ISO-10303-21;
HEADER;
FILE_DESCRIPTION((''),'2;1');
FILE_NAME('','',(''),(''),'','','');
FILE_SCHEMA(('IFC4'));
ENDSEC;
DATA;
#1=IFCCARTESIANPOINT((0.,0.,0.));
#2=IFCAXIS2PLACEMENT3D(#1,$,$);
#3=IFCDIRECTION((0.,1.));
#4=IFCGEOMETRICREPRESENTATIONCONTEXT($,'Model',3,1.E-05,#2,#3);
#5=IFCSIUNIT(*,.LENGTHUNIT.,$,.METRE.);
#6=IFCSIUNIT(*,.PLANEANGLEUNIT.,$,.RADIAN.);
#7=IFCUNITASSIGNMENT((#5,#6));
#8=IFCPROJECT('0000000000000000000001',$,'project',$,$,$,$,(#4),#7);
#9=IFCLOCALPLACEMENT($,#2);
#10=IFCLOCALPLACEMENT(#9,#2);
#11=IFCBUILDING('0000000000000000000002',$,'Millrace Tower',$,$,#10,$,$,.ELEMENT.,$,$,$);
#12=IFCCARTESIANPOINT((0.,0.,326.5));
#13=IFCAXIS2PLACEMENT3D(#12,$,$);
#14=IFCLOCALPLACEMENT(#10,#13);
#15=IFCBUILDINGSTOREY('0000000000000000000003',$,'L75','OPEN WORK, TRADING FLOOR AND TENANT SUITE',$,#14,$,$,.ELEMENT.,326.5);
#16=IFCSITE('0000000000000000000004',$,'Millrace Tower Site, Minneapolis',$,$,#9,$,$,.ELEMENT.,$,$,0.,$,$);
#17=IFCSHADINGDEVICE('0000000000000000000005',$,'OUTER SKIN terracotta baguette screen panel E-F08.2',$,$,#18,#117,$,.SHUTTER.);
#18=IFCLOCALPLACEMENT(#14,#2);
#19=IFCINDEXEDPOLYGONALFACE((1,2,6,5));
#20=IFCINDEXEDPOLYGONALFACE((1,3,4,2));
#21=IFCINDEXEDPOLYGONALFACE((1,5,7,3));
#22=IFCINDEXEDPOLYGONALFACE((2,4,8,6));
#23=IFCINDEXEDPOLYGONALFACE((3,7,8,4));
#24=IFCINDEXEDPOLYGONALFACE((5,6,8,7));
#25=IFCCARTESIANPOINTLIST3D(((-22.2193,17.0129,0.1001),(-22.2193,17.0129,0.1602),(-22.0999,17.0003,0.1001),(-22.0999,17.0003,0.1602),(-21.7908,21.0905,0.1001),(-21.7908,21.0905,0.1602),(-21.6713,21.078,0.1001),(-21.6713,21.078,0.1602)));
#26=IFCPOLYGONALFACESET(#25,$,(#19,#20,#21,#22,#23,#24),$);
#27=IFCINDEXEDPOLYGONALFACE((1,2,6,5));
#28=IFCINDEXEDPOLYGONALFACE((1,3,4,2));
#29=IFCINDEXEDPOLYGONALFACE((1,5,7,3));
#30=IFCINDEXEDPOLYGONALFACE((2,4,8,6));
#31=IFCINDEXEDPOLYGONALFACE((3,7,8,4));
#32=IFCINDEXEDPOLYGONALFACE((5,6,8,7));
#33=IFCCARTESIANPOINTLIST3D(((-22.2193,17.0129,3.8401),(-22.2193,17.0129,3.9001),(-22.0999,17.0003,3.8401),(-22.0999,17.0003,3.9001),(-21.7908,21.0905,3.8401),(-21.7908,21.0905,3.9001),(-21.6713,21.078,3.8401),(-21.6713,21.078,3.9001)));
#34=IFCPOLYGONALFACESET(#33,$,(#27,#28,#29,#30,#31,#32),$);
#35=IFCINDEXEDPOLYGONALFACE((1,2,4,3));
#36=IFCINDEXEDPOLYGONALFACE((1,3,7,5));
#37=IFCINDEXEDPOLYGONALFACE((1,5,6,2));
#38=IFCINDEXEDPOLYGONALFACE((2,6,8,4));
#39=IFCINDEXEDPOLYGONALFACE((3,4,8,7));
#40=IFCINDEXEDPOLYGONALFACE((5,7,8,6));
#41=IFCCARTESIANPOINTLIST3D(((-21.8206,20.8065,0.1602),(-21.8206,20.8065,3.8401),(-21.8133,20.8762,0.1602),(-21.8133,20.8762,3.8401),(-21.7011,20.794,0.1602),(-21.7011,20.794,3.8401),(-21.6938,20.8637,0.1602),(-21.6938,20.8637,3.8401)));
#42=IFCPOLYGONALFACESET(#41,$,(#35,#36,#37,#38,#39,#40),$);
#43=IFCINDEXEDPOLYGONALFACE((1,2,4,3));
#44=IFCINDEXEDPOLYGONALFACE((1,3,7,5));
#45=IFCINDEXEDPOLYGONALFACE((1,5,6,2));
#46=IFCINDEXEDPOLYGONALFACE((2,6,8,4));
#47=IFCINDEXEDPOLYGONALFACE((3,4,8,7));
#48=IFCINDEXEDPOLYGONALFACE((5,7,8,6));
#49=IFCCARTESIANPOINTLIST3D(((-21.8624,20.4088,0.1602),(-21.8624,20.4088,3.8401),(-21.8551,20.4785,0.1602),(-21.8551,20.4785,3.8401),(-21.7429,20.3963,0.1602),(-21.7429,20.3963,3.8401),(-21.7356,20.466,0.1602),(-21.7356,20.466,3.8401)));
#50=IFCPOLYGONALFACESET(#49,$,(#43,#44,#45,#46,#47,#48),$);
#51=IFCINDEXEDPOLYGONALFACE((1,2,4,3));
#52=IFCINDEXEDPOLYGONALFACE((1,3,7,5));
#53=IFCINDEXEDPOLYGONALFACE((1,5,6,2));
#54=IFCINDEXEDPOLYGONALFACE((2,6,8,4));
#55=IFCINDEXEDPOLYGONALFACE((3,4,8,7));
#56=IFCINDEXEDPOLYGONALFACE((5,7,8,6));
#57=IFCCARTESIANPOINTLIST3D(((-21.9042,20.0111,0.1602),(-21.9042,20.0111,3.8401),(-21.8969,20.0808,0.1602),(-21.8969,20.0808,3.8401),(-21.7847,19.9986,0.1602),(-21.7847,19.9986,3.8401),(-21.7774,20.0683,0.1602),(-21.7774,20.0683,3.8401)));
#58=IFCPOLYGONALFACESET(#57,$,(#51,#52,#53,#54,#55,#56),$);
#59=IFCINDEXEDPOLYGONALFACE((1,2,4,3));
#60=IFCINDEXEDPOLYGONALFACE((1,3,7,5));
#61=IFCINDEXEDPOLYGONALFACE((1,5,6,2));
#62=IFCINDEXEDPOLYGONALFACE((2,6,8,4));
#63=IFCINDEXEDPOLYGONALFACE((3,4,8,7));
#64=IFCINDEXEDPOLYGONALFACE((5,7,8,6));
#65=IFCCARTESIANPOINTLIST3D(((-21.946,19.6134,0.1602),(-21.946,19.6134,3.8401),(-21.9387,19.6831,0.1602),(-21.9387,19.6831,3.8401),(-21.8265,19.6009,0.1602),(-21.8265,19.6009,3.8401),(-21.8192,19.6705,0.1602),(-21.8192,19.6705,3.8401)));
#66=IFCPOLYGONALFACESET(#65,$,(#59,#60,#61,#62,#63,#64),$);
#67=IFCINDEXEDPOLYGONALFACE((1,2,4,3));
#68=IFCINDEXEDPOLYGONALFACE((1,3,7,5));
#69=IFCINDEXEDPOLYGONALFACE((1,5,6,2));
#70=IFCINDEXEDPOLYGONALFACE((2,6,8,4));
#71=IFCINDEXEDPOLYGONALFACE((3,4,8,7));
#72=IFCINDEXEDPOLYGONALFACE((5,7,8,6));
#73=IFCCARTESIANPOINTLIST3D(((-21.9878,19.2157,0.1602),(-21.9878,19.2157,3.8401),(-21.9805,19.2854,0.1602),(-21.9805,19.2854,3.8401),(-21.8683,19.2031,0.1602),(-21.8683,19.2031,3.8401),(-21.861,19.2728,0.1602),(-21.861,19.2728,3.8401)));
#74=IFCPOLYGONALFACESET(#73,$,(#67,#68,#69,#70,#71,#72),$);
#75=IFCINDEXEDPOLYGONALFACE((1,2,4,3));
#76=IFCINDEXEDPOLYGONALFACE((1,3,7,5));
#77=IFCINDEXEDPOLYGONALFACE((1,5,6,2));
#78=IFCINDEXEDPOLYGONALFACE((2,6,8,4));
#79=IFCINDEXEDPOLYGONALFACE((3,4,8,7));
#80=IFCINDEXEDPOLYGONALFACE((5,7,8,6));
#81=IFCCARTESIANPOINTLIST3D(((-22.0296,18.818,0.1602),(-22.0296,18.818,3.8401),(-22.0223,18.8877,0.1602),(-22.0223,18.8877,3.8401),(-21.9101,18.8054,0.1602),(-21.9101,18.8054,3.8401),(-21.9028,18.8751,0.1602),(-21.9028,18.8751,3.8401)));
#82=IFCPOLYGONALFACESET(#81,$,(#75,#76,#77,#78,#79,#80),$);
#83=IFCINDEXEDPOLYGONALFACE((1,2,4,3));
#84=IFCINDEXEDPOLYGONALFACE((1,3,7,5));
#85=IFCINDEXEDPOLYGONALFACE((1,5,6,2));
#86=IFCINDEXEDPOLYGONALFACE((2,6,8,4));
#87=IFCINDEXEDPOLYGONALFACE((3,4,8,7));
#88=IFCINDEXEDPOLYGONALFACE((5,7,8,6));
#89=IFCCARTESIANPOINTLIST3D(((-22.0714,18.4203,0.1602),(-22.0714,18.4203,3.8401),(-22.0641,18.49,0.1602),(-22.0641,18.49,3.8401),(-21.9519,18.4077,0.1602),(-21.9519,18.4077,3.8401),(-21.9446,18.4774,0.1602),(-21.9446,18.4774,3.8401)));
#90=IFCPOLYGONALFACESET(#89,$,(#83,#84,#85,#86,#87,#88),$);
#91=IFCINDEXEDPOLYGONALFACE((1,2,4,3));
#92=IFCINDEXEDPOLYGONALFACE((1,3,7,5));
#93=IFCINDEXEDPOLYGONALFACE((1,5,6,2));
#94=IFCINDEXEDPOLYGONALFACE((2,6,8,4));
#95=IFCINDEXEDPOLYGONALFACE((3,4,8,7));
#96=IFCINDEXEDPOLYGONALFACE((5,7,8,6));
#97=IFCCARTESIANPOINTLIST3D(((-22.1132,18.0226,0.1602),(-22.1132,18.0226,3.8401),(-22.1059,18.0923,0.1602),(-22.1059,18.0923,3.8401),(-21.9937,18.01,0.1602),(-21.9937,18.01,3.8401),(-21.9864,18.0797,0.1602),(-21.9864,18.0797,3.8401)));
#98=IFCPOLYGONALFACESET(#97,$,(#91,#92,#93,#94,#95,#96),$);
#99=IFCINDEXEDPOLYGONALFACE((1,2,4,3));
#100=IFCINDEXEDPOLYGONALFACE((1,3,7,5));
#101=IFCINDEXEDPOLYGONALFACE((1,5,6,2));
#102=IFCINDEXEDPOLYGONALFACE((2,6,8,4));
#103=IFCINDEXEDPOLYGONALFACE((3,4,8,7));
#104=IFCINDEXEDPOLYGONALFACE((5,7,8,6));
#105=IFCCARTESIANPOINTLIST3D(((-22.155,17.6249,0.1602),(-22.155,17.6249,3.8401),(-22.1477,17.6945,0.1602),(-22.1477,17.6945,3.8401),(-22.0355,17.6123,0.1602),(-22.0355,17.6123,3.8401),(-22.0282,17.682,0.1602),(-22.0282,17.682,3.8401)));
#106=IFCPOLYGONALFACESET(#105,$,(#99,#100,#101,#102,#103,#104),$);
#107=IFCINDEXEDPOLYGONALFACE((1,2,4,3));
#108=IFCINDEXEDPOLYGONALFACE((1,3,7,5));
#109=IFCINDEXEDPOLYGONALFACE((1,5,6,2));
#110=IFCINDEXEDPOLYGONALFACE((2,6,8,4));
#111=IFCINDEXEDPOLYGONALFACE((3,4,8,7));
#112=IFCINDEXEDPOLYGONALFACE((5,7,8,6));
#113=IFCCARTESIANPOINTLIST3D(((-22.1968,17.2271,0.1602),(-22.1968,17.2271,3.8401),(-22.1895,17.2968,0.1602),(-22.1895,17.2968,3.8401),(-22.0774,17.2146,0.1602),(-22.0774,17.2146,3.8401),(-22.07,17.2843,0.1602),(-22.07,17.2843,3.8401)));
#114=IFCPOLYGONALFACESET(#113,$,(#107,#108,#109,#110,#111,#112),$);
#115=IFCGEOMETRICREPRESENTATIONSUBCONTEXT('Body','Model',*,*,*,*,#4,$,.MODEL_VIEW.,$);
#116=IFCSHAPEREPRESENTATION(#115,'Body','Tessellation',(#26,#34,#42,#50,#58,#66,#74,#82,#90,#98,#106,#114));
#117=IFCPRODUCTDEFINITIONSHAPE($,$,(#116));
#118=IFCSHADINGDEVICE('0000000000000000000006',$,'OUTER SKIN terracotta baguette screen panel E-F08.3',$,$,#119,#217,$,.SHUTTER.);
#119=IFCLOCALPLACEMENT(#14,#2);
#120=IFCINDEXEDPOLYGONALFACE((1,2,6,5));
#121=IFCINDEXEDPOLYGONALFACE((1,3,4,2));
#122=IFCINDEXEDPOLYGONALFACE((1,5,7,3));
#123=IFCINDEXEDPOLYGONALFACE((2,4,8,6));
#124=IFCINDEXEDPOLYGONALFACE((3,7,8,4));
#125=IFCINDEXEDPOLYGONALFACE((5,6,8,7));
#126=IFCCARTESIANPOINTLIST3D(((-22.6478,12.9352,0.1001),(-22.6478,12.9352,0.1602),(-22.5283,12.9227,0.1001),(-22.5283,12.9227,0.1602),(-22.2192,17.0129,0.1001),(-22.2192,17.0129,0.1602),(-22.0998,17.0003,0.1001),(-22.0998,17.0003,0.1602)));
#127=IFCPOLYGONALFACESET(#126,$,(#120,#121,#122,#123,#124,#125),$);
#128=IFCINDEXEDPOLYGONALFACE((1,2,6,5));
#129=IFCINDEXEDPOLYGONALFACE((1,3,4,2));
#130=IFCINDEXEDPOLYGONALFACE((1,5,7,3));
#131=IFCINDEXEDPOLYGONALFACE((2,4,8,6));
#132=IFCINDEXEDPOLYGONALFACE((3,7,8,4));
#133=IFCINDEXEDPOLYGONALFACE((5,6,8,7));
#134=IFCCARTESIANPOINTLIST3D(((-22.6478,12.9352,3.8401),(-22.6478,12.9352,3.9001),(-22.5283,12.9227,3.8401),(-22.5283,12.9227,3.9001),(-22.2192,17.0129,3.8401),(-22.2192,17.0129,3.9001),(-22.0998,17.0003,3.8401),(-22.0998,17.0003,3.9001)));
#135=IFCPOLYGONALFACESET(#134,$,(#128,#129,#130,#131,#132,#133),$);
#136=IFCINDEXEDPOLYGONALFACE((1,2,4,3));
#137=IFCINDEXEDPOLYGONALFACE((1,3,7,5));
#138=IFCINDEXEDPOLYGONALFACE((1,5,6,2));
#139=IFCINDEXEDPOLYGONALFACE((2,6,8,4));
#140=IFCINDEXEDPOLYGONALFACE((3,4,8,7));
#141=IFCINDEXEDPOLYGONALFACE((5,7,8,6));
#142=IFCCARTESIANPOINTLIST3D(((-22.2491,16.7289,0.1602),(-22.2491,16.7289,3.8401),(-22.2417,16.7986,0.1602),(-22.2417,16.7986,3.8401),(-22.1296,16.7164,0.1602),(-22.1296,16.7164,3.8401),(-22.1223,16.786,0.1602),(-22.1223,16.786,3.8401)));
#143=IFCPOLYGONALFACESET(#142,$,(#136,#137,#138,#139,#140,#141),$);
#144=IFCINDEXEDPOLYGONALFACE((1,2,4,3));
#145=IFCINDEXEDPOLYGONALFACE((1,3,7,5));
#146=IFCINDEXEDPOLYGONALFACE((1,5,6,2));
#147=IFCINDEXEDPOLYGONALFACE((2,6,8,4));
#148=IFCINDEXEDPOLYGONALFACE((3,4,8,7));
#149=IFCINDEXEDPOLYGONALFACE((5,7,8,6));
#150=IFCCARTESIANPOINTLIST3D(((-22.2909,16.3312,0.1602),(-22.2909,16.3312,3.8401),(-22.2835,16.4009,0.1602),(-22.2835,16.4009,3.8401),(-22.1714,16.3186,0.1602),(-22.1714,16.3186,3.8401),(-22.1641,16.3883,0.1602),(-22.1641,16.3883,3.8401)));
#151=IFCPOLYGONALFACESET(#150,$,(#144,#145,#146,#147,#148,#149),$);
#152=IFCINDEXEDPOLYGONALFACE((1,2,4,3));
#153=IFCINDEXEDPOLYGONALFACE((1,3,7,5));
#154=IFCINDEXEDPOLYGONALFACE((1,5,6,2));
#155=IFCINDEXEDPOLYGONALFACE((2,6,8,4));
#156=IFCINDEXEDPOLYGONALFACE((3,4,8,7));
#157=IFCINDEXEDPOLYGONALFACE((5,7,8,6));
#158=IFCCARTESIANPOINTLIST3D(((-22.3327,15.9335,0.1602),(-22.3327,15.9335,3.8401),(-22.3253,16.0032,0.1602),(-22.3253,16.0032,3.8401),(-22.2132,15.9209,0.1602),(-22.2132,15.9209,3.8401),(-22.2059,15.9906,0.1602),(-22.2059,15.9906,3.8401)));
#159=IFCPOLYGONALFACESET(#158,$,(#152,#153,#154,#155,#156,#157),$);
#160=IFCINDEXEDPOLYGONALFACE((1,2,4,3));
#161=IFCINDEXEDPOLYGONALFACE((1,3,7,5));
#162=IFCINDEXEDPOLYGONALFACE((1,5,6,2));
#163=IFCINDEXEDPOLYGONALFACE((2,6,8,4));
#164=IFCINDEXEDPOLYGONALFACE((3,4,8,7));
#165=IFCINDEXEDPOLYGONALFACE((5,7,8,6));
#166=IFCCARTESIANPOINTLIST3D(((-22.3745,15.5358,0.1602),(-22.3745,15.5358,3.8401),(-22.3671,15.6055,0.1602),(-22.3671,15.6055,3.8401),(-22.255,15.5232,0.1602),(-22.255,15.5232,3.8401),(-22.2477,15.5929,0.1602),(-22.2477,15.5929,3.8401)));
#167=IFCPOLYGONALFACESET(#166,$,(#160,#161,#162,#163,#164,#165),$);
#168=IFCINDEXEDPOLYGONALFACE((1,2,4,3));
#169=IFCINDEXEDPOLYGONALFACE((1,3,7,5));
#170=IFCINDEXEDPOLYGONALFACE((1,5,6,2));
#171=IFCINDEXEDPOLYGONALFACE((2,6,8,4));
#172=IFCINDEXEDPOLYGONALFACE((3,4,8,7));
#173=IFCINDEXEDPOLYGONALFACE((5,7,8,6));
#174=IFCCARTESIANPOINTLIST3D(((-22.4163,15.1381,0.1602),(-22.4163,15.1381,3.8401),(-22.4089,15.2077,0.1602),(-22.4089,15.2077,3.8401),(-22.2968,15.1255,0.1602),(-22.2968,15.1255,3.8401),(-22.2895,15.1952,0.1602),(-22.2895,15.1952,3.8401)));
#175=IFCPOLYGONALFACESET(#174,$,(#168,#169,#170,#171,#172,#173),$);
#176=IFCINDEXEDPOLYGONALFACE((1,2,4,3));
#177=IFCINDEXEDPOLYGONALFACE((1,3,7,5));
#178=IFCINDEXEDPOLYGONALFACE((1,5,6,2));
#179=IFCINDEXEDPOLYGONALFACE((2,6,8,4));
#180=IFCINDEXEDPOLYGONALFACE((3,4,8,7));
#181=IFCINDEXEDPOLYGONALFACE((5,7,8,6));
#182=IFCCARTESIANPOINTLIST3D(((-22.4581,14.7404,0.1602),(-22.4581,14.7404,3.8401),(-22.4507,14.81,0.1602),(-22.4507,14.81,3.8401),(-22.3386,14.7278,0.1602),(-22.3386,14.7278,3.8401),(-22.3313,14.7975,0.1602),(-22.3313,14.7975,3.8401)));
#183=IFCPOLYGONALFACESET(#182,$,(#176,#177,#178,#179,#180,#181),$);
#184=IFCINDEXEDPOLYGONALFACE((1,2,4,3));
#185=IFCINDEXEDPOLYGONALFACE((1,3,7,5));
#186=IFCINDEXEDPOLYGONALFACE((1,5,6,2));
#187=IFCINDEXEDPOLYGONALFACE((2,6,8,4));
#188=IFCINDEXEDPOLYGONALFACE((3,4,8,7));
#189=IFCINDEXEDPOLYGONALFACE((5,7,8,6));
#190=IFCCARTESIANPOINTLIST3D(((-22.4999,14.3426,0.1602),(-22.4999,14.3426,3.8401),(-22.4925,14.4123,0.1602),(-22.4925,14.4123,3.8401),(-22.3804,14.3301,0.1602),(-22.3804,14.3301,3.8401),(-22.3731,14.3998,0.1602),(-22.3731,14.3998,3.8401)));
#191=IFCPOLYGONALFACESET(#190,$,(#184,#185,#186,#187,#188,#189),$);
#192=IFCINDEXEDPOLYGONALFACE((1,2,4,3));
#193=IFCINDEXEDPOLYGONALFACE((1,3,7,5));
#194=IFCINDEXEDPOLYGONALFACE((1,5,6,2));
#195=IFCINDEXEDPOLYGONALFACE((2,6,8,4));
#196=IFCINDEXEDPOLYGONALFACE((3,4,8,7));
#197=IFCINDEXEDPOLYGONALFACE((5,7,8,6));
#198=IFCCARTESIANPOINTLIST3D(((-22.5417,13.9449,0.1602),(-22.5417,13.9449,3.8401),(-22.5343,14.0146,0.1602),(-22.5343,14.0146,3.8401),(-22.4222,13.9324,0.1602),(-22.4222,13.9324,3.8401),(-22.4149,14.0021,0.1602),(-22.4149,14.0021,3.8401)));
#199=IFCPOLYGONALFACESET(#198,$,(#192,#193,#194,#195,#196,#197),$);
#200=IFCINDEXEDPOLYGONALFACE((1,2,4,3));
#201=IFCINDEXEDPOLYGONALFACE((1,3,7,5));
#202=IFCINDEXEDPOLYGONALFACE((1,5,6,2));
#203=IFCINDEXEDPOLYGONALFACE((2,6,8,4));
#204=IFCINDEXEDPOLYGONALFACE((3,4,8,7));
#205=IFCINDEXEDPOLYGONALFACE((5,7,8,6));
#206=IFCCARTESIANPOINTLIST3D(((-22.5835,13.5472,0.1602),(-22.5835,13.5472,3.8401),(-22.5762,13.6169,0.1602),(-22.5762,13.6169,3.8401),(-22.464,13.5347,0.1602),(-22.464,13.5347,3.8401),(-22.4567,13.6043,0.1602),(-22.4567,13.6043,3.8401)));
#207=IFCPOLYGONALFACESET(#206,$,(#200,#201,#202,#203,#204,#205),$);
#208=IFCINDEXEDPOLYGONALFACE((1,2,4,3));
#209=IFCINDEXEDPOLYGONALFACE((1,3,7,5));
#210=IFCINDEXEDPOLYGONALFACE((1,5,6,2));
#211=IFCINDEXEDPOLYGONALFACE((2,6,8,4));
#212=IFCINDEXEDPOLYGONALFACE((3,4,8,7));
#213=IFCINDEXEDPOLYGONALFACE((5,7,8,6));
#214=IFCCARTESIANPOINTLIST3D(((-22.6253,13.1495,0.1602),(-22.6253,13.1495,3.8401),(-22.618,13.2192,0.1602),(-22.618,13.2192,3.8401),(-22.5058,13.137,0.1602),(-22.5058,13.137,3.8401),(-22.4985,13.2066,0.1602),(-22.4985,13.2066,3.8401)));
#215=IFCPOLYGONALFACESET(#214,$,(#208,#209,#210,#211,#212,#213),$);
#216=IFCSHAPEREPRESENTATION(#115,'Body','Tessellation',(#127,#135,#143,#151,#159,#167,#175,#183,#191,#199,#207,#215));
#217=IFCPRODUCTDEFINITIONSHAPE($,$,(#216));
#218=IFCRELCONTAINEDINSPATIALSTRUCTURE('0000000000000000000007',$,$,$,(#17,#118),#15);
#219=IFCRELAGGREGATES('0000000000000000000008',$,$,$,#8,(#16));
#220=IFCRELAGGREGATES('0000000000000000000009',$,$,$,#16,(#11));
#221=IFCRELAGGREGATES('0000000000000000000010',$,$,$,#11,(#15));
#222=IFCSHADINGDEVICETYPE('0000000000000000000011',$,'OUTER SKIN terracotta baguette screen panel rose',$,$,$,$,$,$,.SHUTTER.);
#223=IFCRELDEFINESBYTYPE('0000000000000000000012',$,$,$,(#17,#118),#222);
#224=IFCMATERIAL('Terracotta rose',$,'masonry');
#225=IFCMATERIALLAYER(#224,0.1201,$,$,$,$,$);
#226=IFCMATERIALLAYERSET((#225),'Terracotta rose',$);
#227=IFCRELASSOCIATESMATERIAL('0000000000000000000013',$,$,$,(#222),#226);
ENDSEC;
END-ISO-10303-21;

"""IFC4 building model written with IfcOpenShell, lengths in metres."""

from ifc_helpers import new_model, entity, si_unit, direction, frame, frame_2d, origin, place, context, subcontext, project, spatial, rectangle, extrude, source, transform, mapped, material, layer, layer_set, type_object, element, save


model = new_model("IFC4")

# Units and contexts
model_context = context("Model", 3, precision=1e-05, world=origin(), true_north=direction((0.0, 1.0)))
body_context = subcontext(model_context, "Body", "Model", "MODEL_VIEW")
ifc_project = project(units=[si_unit("LENGTHUNIT", "METRE"), si_unit("PLANEANGLEUNIT", "RADIAN")], contexts=[model_context])

# Site, building, storey
site_placement = place(None, origin())
site = spatial("IfcSite", under=ifc_project, at=site_placement, Name="Millrace Tower Site, Minneapolis", CompositionType="ELEMENT", RefElevation=0.0)
building_placement = place(site_placement, origin())
building = spatial("IfcBuilding", under=site, at=building_placement, Name="Millrace Tower", CompositionType="ELEMENT")
storey_placement = place(building_placement, frame((0.0, 0.0, 326.5)))
storey = spatial("IfcBuildingStorey", under=building, at=storey_placement, Name="L75", Description="OPEN WORK, TRADING FLOOR AND TENANT SUITE", CompositionType="ELEMENT", Elevation=326.5)

# Shading devices
ifc_material_1 = material(Name="Terracotta rose", Category="masonry")
ifc_layer_1 = layer(ifc_material_1, 0.1201)
ifc_layer_set_1 = layer_set([ifc_layer_1], Name="Terracotta rose")
shading_device_type = type_object("IfcShadingDeviceType", Name="OUTER SKIN terracotta baguette screen panel rose", PredefinedType="SHUTTER", material=ifc_layer_set_1)
cartesian_point_1 = entity("IfcCartesianPoint", [-2.05, 0.0601])
shared_polyline_1 = entity("IfcPolyline", [cartesian_point_1, entity("IfcCartesianPoint", [2.05, 0.0601]), entity("IfcCartesianPoint", [2.05, -0.0601]), entity("IfcCartesianPoint", [-2.05, -0.0601]), cartesian_point_1])
shared_shape_1 = source(origin(), body_context, "Body", "SweptSolid", [
    entity("IfcExtrudedAreaSolid", entity("IfcArbitraryClosedProfileDef", "AREA", None, shared_polyline_1), entity("IfcAxis2Placement3D", entity("IfcCartesianPoint", [0.0, 0.0, 0.0])), entity("IfcDirection", [0.0, 0.0, 1.0]), 0.0601),
    entity("IfcExtrudedAreaSolid", entity("IfcArbitraryClosedProfileDef", "AREA", None, shared_polyline_1), entity("IfcAxis2Placement3D", entity("IfcCartesianPoint", [0.0, 0.0, 3.74])), entity("IfcDirection", [0.0, 0.0, 1.0]), 0.0601),
    extrude(rectangle(XDim=0.0701, YDim=0.1201, at=frame_2d((-1.7996, 0.0))), frame((0.0, 0.0, 0.0601)), (0.0, 0.0, 1.0), 3.6799),
    extrude(rectangle(XDim=0.0701, YDim=0.1201, at=frame_2d((-1.3997, 0.0))), frame((0.0, 0.0, 0.0601)), (0.0, 0.0, 1.0), 3.6799),
    extrude(rectangle(XDim=0.0701, YDim=0.1201, at=frame_2d((-0.9998, 0.0))), frame((0.0, 0.0, 0.0601)), (0.0, 0.0, 1.0), 3.6799),
    extrude(rectangle(XDim=0.0701, YDim=0.1201, at=frame_2d((-0.5999, 0.0))), frame((0.0, 0.0, 0.0601)), (0.0, 0.0, 1.0), 3.6799),
    extrude(rectangle(XDim=0.0701, YDim=0.1201, at=frame_2d((-0.2, 0.0))), frame((0.0, 0.0, 0.0601)), (0.0, 0.0, 1.0), 3.6799),
    extrude(rectangle(XDim=0.0701, YDim=0.1201, at=frame_2d((0.2, 0.0))), frame((0.0, 0.0, 0.0601)), (0.0, 0.0, 1.0), 3.6799),
    extrude(rectangle(XDim=0.0701, YDim=0.1201, at=frame_2d((0.5999, 0.0))), frame((0.0, 0.0, 0.0601)), (0.0, 0.0, 1.0), 3.6799),
    extrude(rectangle(XDim=0.0701, YDim=0.1201, at=frame_2d((0.9998, 0.0))), frame((0.0, 0.0, 0.0601)), (0.0, 0.0, 1.0), 3.6799),
    extrude(rectangle(XDim=0.0701, YDim=0.1201, at=frame_2d((1.3997, 0.0))), frame((0.0, 0.0, 0.0601)), (0.0, 0.0, 1.0), 3.6799),
    extrude(rectangle(XDim=0.0701, YDim=0.1201, at=frame_2d((1.7996, 0.0))), frame((0.0, 0.0, 0.0601)), (0.0, 0.0, 1.0), 3.6799),
])
for number, where, z_axis, x_axis, name in (
    (1, (-21.9453, 19.0454, 0.1001), (0.0, 0.0, 1.0), (-0.104528, -0.994522, 0.0), "OUTER SKIN terracotta baguette screen panel E-F08.2"),
    (2, (-22.3738, 14.9678, 0.1001), (0.0, 0.0, 1.0), (-0.104528, -0.994522, 0.0), "OUTER SKIN terracotta baguette screen panel E-F08.3"),
):
    element("IfcShadingDevice", number, at=place(storey_placement, frame(where, z_axis=z_axis, x_axis=x_axis)), inside=storey, type_object=shading_device_type, Name=name, PredefinedType="SHUTTER", context=body_context, shape_type="MappedRepresentation", body=[
        mapped(shared_shape_1, transform((0.0, 0.0, 0.0), scale=1.0)),
    ])

save(model, "model.ifc")
